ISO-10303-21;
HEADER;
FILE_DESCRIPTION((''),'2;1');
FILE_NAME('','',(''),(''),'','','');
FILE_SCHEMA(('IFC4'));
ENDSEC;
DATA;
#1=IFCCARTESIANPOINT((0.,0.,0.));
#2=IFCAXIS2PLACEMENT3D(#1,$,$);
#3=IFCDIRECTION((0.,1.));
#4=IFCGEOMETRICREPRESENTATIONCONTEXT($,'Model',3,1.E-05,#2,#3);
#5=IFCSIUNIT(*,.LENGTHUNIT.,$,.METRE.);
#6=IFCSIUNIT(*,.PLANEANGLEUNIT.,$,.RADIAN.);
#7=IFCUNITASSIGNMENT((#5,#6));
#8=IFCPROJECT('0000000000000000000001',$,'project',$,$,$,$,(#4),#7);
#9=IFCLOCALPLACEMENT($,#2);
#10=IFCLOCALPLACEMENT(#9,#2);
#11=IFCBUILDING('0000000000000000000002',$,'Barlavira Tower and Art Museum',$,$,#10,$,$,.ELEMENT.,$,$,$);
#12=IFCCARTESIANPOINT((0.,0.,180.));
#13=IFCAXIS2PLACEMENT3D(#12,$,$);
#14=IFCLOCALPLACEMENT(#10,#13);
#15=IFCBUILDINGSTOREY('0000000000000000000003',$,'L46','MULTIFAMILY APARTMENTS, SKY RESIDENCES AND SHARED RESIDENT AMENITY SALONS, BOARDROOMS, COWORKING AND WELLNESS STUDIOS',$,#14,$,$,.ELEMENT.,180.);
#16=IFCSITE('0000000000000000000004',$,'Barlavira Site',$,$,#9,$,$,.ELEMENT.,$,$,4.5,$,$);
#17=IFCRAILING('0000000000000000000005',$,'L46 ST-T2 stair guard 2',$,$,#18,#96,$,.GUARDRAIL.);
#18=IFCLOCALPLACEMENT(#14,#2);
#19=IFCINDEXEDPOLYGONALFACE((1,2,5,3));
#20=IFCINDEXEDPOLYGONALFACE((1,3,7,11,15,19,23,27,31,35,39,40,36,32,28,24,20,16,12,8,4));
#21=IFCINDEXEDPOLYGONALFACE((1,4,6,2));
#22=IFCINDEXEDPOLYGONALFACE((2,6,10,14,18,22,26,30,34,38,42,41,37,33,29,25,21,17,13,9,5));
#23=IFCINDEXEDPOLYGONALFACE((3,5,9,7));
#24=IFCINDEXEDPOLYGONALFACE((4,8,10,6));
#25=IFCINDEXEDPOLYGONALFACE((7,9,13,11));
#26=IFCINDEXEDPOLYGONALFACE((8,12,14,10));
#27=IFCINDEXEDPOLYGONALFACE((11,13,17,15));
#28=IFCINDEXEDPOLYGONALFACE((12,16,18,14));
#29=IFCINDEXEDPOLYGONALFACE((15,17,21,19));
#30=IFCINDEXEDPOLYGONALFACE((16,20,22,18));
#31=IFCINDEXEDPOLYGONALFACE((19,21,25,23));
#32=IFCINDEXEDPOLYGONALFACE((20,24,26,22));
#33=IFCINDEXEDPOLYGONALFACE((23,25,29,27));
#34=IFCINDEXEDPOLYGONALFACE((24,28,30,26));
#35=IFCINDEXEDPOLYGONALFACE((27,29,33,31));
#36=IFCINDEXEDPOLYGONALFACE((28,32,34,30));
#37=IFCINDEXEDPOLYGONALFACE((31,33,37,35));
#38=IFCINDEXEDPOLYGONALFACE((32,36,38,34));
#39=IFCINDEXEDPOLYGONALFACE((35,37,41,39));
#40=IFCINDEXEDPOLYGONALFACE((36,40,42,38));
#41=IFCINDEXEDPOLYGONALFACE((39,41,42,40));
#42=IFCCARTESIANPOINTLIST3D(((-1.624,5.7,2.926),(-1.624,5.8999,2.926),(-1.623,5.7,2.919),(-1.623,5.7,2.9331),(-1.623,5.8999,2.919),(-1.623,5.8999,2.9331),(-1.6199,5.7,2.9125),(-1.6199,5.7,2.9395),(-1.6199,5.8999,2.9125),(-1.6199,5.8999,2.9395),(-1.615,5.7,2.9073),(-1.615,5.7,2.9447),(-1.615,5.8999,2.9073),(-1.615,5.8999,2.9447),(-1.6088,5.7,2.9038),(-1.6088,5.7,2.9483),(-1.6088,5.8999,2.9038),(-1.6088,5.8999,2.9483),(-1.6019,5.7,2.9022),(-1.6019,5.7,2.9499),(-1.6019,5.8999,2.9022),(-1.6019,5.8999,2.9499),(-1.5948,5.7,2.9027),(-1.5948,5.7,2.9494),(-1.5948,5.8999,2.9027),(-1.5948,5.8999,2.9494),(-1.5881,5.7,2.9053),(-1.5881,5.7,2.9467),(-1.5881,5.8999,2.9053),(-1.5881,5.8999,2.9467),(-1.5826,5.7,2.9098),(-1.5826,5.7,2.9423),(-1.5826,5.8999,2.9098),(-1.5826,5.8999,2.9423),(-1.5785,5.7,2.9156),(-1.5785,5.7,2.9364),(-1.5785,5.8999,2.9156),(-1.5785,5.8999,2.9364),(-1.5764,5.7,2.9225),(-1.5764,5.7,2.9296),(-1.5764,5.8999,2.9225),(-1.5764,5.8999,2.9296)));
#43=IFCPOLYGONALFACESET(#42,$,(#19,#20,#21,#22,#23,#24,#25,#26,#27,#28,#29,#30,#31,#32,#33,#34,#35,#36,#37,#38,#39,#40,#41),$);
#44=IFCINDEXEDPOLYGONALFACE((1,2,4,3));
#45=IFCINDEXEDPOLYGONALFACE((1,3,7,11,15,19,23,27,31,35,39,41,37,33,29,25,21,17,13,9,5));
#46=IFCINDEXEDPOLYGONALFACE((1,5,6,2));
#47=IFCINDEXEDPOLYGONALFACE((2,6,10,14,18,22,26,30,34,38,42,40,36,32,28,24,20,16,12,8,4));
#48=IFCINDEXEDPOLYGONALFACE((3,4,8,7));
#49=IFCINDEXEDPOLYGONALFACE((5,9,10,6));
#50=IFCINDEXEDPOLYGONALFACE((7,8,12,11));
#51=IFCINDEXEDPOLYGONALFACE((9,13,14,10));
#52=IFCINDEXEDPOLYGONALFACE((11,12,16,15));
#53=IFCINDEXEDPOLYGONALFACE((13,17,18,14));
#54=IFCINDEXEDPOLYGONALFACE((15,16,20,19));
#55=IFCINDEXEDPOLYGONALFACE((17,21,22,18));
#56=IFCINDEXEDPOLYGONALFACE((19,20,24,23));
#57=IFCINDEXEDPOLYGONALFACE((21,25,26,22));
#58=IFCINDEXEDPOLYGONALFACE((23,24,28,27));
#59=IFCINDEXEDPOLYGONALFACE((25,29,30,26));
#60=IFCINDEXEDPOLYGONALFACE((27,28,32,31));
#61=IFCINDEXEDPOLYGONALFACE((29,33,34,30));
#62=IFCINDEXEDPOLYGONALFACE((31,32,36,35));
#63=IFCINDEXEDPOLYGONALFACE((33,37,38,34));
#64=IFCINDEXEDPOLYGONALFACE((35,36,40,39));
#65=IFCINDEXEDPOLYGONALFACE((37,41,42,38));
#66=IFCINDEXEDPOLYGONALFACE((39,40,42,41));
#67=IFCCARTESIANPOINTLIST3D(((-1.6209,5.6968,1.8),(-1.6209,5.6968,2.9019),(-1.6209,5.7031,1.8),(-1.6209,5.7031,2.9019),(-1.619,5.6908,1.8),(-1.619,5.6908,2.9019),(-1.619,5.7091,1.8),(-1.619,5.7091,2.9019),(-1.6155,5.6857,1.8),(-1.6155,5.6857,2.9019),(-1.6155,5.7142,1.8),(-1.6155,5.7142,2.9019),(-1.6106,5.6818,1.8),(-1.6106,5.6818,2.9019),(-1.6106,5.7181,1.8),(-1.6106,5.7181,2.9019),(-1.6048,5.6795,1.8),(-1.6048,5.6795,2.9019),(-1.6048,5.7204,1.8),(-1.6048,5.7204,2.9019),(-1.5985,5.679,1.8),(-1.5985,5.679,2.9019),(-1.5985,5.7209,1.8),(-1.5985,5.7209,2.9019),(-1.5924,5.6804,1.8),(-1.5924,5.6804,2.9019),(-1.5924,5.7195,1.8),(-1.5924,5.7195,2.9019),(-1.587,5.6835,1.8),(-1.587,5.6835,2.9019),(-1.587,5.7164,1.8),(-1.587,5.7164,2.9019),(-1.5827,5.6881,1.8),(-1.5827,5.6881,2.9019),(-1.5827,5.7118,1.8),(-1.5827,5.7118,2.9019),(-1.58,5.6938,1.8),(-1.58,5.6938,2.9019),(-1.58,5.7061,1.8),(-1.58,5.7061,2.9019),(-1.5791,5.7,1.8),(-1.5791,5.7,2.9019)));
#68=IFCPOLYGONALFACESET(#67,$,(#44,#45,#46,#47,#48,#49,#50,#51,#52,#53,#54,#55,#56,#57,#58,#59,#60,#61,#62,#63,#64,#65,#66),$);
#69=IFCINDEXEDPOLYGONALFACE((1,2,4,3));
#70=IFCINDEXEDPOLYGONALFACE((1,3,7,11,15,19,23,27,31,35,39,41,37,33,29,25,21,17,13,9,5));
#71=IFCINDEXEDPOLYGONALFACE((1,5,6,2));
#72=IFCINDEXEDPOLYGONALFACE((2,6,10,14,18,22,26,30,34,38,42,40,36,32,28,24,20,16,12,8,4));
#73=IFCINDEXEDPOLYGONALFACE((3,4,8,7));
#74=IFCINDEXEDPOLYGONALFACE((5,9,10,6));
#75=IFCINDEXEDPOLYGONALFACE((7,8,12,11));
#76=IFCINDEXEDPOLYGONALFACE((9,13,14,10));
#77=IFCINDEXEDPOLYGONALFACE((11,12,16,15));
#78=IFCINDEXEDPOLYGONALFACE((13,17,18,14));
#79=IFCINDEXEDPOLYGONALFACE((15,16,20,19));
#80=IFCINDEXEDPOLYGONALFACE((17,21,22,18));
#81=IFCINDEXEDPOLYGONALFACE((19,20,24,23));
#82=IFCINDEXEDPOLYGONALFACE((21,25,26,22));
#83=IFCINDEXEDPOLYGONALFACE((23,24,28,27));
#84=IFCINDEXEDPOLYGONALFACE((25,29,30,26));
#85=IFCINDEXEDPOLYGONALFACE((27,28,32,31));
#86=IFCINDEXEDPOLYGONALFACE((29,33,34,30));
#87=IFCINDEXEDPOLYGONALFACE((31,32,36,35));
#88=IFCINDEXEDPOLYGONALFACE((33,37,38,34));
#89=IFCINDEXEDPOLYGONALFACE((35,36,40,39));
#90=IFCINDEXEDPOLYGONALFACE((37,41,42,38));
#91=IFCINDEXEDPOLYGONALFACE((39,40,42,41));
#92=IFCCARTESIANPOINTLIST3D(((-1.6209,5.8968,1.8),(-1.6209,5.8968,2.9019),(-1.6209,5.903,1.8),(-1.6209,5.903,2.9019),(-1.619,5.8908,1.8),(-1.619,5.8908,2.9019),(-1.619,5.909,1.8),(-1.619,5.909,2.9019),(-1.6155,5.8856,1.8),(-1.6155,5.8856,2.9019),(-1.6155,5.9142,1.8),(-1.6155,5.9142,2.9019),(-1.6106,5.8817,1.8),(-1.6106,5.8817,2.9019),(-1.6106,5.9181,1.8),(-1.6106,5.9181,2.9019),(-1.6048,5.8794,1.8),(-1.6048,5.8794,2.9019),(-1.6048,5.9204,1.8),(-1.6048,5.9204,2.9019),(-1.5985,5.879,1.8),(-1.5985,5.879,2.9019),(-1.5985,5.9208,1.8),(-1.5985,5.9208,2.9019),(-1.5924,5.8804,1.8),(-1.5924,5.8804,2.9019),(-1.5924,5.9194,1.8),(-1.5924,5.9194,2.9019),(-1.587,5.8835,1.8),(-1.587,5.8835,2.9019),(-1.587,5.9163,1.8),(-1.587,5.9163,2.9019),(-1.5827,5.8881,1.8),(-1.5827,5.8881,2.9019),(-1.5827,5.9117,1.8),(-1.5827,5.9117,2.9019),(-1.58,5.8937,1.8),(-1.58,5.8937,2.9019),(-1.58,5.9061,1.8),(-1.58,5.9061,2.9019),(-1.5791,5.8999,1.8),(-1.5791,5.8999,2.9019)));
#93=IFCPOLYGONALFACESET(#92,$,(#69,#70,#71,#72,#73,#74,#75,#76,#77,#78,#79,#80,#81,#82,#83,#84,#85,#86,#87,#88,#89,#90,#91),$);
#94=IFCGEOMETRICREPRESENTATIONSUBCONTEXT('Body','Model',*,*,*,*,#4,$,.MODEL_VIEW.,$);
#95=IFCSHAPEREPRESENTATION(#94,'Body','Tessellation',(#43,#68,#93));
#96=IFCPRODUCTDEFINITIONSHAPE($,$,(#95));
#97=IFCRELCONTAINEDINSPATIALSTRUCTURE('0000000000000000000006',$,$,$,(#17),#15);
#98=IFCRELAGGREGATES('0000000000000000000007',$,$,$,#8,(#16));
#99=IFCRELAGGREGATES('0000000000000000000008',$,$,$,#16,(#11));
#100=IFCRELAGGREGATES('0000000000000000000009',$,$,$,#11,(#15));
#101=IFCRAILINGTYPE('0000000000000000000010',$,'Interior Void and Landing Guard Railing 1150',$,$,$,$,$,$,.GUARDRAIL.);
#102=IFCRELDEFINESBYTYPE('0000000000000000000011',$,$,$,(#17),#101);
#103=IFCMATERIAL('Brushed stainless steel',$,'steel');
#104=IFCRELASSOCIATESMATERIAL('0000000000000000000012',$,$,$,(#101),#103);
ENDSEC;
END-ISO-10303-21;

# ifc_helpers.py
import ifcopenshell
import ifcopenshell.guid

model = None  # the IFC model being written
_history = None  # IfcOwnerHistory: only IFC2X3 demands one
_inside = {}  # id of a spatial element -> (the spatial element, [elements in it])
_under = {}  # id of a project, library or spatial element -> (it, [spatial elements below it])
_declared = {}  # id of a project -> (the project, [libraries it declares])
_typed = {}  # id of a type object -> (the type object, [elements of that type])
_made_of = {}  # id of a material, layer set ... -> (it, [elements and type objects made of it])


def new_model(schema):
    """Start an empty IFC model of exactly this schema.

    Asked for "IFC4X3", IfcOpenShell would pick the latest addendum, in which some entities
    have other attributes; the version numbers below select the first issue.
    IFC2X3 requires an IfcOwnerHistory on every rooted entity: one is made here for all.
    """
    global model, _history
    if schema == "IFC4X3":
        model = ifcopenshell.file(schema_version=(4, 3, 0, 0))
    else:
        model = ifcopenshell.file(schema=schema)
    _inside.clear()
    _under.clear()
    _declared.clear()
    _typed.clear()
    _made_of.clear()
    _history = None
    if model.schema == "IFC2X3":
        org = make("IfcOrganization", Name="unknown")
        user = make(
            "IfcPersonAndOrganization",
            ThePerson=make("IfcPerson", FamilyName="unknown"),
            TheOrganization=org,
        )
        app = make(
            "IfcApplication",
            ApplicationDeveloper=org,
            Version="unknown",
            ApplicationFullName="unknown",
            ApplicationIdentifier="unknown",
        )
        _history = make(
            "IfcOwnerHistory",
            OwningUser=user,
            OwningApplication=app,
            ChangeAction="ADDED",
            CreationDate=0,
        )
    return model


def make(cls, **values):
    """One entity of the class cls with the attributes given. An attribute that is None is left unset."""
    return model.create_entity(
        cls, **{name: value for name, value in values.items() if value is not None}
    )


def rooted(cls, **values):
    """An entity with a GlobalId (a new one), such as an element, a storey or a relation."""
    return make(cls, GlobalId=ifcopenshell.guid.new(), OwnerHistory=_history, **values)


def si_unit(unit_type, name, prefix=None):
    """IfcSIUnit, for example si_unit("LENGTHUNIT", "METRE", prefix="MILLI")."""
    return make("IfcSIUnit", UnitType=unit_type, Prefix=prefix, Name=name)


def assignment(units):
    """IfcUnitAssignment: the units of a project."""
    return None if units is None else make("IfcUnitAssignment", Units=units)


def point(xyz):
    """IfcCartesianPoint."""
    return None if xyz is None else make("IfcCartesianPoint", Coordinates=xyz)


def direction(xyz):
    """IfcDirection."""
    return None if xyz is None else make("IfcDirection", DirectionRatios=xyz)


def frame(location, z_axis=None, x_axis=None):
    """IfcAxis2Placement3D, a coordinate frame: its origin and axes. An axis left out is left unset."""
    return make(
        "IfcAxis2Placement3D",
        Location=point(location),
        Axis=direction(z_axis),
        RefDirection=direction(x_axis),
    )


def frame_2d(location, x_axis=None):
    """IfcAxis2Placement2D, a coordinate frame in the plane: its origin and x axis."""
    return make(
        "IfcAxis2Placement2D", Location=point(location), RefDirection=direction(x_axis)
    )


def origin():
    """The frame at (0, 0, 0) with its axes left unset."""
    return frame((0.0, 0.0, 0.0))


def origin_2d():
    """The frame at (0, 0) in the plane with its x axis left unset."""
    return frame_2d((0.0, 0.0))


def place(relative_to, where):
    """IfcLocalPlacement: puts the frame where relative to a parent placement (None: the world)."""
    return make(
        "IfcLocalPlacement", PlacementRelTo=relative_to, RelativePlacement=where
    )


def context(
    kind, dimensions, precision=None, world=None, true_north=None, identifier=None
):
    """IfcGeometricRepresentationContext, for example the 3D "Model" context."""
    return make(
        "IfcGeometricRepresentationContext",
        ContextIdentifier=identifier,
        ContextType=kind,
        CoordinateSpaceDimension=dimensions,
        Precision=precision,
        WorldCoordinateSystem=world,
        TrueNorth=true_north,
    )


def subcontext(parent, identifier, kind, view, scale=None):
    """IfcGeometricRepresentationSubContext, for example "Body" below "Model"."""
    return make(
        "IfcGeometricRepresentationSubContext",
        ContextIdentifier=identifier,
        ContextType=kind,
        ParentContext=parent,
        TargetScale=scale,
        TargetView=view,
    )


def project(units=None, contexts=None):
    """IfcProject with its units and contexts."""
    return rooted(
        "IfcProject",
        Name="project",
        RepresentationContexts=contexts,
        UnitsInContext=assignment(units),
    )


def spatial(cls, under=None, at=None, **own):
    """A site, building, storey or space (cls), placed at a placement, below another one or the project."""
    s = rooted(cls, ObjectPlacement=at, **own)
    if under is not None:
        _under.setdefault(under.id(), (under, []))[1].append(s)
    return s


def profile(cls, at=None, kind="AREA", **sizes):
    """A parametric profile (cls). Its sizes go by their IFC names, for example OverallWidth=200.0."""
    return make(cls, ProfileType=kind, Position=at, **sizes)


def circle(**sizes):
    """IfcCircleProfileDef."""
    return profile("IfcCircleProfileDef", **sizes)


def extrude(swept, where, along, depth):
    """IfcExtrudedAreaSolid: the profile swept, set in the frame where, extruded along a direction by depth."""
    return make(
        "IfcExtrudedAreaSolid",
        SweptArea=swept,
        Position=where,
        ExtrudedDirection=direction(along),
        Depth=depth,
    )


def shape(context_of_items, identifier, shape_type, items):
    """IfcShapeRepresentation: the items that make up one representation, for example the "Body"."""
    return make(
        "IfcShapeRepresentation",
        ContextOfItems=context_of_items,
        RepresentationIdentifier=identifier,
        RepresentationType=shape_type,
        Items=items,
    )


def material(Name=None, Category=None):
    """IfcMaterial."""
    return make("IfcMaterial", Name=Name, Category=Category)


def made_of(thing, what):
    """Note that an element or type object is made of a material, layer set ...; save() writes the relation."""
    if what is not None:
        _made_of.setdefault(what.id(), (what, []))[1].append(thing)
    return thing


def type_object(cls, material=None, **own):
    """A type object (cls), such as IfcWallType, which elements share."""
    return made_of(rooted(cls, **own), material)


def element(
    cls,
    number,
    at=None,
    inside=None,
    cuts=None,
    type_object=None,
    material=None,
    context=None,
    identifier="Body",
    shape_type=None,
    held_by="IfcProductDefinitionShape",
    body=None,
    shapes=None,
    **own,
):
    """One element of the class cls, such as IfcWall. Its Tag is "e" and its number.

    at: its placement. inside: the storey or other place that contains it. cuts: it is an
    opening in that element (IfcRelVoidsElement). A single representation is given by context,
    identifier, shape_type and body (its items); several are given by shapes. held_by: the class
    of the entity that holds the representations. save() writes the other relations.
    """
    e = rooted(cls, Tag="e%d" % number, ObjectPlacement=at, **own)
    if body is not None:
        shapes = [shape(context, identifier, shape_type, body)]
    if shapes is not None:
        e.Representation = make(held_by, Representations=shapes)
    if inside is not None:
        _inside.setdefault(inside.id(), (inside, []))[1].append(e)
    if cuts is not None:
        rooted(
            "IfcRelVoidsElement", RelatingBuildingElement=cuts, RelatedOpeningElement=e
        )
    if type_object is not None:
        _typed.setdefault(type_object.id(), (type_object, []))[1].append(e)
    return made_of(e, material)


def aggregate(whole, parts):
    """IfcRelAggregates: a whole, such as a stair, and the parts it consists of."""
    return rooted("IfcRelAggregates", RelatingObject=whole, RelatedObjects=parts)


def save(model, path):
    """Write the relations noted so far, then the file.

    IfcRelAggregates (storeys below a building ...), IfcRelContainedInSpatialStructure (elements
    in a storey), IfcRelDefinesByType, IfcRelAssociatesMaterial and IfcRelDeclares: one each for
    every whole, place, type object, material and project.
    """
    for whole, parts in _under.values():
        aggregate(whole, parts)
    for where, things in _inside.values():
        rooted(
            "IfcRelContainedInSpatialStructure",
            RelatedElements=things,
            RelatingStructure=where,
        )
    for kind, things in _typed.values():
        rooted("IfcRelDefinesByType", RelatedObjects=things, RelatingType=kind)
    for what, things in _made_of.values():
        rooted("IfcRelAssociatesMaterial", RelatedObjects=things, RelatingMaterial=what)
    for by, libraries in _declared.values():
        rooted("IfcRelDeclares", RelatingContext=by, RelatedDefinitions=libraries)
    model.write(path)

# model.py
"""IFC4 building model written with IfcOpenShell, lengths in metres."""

from ifc_helpers import new_model, si_unit, direction, frame, origin, origin_2d, place, context, subcontext, project, spatial, circle, extrude, material, type_object, element, save


model = new_model("IFC4")

# Units and contexts
model_context = context("Model", 3, precision=1e-05, world=origin(), true_north=direction((0.0, 1.0)))
body_context = subcontext(model_context, "Body", "Model", "MODEL_VIEW")
ifc_project = project(units=[si_unit("LENGTHUNIT", "METRE"), si_unit("PLANEANGLEUNIT", "RADIAN")], contexts=[model_context])

# Site, building, storey
site_placement = place(None, origin())
site = spatial("IfcSite", under=ifc_project, at=site_placement, Name="Barlavira Site", CompositionType="ELEMENT", RefElevation=4.5)
building_placement = place(site_placement, origin())
building = spatial("IfcBuilding", under=site, at=building_placement, Name="Barlavira Tower and Art Museum", CompositionType="ELEMENT")
storey_placement = place(building_placement, frame((0.0, 0.0, 180.0)))
storey = spatial("IfcBuildingStorey", under=building, at=storey_placement, Name="L46", Description="MULTIFAMILY APARTMENTS, SKY RESIDENCES AND SHARED RESIDENT AMENITY SALONS, BOARDROOMS, COWORKING AND WELLNESS STUDIOS", CompositionType="ELEMENT", Elevation=180.0)

# Shared definitions
ifc_material_1 = material(Name="Brushed stainless steel", Category="steel")

# Railing
railing_type_1 = type_object("IfcRailingType", Name="Interior Void and Landing Guard Railing 1150", PredefinedType="GUARDRAIL", material=ifc_material_1)
railing_1_placement = place(storey_placement, frame((-1.6001, 5.7, 1.8)))
element("IfcRailing", 1, at=railing_1_placement, inside=storey, type_object=railing_type_1, Name="L46 ST-T2 stair guard 2", PredefinedType="GUARDRAIL", context=body_context, shape_type="SweptSolid", body=[
    extrude(circle(Radius=0.0239, at=origin_2d()), frame((0.0, 0.0, 1.126), z_axis=(0.0, 1.0, 0.0), x_axis=(-1.0, 0.0, 0.0)), (0.0, 0.0, 1.0), 0.2),
    extrude(circle(Radius=0.021, at=origin_2d()), origin(), (0.0, 0.0, 1.0), 1.1018),
    extrude(circle(Radius=0.021, at=origin_2d()), frame((0.0, 0.2, 0.0)), (0.0, 0.0, 1.0), 1.1018),
])

save(model, "model.ifc")
